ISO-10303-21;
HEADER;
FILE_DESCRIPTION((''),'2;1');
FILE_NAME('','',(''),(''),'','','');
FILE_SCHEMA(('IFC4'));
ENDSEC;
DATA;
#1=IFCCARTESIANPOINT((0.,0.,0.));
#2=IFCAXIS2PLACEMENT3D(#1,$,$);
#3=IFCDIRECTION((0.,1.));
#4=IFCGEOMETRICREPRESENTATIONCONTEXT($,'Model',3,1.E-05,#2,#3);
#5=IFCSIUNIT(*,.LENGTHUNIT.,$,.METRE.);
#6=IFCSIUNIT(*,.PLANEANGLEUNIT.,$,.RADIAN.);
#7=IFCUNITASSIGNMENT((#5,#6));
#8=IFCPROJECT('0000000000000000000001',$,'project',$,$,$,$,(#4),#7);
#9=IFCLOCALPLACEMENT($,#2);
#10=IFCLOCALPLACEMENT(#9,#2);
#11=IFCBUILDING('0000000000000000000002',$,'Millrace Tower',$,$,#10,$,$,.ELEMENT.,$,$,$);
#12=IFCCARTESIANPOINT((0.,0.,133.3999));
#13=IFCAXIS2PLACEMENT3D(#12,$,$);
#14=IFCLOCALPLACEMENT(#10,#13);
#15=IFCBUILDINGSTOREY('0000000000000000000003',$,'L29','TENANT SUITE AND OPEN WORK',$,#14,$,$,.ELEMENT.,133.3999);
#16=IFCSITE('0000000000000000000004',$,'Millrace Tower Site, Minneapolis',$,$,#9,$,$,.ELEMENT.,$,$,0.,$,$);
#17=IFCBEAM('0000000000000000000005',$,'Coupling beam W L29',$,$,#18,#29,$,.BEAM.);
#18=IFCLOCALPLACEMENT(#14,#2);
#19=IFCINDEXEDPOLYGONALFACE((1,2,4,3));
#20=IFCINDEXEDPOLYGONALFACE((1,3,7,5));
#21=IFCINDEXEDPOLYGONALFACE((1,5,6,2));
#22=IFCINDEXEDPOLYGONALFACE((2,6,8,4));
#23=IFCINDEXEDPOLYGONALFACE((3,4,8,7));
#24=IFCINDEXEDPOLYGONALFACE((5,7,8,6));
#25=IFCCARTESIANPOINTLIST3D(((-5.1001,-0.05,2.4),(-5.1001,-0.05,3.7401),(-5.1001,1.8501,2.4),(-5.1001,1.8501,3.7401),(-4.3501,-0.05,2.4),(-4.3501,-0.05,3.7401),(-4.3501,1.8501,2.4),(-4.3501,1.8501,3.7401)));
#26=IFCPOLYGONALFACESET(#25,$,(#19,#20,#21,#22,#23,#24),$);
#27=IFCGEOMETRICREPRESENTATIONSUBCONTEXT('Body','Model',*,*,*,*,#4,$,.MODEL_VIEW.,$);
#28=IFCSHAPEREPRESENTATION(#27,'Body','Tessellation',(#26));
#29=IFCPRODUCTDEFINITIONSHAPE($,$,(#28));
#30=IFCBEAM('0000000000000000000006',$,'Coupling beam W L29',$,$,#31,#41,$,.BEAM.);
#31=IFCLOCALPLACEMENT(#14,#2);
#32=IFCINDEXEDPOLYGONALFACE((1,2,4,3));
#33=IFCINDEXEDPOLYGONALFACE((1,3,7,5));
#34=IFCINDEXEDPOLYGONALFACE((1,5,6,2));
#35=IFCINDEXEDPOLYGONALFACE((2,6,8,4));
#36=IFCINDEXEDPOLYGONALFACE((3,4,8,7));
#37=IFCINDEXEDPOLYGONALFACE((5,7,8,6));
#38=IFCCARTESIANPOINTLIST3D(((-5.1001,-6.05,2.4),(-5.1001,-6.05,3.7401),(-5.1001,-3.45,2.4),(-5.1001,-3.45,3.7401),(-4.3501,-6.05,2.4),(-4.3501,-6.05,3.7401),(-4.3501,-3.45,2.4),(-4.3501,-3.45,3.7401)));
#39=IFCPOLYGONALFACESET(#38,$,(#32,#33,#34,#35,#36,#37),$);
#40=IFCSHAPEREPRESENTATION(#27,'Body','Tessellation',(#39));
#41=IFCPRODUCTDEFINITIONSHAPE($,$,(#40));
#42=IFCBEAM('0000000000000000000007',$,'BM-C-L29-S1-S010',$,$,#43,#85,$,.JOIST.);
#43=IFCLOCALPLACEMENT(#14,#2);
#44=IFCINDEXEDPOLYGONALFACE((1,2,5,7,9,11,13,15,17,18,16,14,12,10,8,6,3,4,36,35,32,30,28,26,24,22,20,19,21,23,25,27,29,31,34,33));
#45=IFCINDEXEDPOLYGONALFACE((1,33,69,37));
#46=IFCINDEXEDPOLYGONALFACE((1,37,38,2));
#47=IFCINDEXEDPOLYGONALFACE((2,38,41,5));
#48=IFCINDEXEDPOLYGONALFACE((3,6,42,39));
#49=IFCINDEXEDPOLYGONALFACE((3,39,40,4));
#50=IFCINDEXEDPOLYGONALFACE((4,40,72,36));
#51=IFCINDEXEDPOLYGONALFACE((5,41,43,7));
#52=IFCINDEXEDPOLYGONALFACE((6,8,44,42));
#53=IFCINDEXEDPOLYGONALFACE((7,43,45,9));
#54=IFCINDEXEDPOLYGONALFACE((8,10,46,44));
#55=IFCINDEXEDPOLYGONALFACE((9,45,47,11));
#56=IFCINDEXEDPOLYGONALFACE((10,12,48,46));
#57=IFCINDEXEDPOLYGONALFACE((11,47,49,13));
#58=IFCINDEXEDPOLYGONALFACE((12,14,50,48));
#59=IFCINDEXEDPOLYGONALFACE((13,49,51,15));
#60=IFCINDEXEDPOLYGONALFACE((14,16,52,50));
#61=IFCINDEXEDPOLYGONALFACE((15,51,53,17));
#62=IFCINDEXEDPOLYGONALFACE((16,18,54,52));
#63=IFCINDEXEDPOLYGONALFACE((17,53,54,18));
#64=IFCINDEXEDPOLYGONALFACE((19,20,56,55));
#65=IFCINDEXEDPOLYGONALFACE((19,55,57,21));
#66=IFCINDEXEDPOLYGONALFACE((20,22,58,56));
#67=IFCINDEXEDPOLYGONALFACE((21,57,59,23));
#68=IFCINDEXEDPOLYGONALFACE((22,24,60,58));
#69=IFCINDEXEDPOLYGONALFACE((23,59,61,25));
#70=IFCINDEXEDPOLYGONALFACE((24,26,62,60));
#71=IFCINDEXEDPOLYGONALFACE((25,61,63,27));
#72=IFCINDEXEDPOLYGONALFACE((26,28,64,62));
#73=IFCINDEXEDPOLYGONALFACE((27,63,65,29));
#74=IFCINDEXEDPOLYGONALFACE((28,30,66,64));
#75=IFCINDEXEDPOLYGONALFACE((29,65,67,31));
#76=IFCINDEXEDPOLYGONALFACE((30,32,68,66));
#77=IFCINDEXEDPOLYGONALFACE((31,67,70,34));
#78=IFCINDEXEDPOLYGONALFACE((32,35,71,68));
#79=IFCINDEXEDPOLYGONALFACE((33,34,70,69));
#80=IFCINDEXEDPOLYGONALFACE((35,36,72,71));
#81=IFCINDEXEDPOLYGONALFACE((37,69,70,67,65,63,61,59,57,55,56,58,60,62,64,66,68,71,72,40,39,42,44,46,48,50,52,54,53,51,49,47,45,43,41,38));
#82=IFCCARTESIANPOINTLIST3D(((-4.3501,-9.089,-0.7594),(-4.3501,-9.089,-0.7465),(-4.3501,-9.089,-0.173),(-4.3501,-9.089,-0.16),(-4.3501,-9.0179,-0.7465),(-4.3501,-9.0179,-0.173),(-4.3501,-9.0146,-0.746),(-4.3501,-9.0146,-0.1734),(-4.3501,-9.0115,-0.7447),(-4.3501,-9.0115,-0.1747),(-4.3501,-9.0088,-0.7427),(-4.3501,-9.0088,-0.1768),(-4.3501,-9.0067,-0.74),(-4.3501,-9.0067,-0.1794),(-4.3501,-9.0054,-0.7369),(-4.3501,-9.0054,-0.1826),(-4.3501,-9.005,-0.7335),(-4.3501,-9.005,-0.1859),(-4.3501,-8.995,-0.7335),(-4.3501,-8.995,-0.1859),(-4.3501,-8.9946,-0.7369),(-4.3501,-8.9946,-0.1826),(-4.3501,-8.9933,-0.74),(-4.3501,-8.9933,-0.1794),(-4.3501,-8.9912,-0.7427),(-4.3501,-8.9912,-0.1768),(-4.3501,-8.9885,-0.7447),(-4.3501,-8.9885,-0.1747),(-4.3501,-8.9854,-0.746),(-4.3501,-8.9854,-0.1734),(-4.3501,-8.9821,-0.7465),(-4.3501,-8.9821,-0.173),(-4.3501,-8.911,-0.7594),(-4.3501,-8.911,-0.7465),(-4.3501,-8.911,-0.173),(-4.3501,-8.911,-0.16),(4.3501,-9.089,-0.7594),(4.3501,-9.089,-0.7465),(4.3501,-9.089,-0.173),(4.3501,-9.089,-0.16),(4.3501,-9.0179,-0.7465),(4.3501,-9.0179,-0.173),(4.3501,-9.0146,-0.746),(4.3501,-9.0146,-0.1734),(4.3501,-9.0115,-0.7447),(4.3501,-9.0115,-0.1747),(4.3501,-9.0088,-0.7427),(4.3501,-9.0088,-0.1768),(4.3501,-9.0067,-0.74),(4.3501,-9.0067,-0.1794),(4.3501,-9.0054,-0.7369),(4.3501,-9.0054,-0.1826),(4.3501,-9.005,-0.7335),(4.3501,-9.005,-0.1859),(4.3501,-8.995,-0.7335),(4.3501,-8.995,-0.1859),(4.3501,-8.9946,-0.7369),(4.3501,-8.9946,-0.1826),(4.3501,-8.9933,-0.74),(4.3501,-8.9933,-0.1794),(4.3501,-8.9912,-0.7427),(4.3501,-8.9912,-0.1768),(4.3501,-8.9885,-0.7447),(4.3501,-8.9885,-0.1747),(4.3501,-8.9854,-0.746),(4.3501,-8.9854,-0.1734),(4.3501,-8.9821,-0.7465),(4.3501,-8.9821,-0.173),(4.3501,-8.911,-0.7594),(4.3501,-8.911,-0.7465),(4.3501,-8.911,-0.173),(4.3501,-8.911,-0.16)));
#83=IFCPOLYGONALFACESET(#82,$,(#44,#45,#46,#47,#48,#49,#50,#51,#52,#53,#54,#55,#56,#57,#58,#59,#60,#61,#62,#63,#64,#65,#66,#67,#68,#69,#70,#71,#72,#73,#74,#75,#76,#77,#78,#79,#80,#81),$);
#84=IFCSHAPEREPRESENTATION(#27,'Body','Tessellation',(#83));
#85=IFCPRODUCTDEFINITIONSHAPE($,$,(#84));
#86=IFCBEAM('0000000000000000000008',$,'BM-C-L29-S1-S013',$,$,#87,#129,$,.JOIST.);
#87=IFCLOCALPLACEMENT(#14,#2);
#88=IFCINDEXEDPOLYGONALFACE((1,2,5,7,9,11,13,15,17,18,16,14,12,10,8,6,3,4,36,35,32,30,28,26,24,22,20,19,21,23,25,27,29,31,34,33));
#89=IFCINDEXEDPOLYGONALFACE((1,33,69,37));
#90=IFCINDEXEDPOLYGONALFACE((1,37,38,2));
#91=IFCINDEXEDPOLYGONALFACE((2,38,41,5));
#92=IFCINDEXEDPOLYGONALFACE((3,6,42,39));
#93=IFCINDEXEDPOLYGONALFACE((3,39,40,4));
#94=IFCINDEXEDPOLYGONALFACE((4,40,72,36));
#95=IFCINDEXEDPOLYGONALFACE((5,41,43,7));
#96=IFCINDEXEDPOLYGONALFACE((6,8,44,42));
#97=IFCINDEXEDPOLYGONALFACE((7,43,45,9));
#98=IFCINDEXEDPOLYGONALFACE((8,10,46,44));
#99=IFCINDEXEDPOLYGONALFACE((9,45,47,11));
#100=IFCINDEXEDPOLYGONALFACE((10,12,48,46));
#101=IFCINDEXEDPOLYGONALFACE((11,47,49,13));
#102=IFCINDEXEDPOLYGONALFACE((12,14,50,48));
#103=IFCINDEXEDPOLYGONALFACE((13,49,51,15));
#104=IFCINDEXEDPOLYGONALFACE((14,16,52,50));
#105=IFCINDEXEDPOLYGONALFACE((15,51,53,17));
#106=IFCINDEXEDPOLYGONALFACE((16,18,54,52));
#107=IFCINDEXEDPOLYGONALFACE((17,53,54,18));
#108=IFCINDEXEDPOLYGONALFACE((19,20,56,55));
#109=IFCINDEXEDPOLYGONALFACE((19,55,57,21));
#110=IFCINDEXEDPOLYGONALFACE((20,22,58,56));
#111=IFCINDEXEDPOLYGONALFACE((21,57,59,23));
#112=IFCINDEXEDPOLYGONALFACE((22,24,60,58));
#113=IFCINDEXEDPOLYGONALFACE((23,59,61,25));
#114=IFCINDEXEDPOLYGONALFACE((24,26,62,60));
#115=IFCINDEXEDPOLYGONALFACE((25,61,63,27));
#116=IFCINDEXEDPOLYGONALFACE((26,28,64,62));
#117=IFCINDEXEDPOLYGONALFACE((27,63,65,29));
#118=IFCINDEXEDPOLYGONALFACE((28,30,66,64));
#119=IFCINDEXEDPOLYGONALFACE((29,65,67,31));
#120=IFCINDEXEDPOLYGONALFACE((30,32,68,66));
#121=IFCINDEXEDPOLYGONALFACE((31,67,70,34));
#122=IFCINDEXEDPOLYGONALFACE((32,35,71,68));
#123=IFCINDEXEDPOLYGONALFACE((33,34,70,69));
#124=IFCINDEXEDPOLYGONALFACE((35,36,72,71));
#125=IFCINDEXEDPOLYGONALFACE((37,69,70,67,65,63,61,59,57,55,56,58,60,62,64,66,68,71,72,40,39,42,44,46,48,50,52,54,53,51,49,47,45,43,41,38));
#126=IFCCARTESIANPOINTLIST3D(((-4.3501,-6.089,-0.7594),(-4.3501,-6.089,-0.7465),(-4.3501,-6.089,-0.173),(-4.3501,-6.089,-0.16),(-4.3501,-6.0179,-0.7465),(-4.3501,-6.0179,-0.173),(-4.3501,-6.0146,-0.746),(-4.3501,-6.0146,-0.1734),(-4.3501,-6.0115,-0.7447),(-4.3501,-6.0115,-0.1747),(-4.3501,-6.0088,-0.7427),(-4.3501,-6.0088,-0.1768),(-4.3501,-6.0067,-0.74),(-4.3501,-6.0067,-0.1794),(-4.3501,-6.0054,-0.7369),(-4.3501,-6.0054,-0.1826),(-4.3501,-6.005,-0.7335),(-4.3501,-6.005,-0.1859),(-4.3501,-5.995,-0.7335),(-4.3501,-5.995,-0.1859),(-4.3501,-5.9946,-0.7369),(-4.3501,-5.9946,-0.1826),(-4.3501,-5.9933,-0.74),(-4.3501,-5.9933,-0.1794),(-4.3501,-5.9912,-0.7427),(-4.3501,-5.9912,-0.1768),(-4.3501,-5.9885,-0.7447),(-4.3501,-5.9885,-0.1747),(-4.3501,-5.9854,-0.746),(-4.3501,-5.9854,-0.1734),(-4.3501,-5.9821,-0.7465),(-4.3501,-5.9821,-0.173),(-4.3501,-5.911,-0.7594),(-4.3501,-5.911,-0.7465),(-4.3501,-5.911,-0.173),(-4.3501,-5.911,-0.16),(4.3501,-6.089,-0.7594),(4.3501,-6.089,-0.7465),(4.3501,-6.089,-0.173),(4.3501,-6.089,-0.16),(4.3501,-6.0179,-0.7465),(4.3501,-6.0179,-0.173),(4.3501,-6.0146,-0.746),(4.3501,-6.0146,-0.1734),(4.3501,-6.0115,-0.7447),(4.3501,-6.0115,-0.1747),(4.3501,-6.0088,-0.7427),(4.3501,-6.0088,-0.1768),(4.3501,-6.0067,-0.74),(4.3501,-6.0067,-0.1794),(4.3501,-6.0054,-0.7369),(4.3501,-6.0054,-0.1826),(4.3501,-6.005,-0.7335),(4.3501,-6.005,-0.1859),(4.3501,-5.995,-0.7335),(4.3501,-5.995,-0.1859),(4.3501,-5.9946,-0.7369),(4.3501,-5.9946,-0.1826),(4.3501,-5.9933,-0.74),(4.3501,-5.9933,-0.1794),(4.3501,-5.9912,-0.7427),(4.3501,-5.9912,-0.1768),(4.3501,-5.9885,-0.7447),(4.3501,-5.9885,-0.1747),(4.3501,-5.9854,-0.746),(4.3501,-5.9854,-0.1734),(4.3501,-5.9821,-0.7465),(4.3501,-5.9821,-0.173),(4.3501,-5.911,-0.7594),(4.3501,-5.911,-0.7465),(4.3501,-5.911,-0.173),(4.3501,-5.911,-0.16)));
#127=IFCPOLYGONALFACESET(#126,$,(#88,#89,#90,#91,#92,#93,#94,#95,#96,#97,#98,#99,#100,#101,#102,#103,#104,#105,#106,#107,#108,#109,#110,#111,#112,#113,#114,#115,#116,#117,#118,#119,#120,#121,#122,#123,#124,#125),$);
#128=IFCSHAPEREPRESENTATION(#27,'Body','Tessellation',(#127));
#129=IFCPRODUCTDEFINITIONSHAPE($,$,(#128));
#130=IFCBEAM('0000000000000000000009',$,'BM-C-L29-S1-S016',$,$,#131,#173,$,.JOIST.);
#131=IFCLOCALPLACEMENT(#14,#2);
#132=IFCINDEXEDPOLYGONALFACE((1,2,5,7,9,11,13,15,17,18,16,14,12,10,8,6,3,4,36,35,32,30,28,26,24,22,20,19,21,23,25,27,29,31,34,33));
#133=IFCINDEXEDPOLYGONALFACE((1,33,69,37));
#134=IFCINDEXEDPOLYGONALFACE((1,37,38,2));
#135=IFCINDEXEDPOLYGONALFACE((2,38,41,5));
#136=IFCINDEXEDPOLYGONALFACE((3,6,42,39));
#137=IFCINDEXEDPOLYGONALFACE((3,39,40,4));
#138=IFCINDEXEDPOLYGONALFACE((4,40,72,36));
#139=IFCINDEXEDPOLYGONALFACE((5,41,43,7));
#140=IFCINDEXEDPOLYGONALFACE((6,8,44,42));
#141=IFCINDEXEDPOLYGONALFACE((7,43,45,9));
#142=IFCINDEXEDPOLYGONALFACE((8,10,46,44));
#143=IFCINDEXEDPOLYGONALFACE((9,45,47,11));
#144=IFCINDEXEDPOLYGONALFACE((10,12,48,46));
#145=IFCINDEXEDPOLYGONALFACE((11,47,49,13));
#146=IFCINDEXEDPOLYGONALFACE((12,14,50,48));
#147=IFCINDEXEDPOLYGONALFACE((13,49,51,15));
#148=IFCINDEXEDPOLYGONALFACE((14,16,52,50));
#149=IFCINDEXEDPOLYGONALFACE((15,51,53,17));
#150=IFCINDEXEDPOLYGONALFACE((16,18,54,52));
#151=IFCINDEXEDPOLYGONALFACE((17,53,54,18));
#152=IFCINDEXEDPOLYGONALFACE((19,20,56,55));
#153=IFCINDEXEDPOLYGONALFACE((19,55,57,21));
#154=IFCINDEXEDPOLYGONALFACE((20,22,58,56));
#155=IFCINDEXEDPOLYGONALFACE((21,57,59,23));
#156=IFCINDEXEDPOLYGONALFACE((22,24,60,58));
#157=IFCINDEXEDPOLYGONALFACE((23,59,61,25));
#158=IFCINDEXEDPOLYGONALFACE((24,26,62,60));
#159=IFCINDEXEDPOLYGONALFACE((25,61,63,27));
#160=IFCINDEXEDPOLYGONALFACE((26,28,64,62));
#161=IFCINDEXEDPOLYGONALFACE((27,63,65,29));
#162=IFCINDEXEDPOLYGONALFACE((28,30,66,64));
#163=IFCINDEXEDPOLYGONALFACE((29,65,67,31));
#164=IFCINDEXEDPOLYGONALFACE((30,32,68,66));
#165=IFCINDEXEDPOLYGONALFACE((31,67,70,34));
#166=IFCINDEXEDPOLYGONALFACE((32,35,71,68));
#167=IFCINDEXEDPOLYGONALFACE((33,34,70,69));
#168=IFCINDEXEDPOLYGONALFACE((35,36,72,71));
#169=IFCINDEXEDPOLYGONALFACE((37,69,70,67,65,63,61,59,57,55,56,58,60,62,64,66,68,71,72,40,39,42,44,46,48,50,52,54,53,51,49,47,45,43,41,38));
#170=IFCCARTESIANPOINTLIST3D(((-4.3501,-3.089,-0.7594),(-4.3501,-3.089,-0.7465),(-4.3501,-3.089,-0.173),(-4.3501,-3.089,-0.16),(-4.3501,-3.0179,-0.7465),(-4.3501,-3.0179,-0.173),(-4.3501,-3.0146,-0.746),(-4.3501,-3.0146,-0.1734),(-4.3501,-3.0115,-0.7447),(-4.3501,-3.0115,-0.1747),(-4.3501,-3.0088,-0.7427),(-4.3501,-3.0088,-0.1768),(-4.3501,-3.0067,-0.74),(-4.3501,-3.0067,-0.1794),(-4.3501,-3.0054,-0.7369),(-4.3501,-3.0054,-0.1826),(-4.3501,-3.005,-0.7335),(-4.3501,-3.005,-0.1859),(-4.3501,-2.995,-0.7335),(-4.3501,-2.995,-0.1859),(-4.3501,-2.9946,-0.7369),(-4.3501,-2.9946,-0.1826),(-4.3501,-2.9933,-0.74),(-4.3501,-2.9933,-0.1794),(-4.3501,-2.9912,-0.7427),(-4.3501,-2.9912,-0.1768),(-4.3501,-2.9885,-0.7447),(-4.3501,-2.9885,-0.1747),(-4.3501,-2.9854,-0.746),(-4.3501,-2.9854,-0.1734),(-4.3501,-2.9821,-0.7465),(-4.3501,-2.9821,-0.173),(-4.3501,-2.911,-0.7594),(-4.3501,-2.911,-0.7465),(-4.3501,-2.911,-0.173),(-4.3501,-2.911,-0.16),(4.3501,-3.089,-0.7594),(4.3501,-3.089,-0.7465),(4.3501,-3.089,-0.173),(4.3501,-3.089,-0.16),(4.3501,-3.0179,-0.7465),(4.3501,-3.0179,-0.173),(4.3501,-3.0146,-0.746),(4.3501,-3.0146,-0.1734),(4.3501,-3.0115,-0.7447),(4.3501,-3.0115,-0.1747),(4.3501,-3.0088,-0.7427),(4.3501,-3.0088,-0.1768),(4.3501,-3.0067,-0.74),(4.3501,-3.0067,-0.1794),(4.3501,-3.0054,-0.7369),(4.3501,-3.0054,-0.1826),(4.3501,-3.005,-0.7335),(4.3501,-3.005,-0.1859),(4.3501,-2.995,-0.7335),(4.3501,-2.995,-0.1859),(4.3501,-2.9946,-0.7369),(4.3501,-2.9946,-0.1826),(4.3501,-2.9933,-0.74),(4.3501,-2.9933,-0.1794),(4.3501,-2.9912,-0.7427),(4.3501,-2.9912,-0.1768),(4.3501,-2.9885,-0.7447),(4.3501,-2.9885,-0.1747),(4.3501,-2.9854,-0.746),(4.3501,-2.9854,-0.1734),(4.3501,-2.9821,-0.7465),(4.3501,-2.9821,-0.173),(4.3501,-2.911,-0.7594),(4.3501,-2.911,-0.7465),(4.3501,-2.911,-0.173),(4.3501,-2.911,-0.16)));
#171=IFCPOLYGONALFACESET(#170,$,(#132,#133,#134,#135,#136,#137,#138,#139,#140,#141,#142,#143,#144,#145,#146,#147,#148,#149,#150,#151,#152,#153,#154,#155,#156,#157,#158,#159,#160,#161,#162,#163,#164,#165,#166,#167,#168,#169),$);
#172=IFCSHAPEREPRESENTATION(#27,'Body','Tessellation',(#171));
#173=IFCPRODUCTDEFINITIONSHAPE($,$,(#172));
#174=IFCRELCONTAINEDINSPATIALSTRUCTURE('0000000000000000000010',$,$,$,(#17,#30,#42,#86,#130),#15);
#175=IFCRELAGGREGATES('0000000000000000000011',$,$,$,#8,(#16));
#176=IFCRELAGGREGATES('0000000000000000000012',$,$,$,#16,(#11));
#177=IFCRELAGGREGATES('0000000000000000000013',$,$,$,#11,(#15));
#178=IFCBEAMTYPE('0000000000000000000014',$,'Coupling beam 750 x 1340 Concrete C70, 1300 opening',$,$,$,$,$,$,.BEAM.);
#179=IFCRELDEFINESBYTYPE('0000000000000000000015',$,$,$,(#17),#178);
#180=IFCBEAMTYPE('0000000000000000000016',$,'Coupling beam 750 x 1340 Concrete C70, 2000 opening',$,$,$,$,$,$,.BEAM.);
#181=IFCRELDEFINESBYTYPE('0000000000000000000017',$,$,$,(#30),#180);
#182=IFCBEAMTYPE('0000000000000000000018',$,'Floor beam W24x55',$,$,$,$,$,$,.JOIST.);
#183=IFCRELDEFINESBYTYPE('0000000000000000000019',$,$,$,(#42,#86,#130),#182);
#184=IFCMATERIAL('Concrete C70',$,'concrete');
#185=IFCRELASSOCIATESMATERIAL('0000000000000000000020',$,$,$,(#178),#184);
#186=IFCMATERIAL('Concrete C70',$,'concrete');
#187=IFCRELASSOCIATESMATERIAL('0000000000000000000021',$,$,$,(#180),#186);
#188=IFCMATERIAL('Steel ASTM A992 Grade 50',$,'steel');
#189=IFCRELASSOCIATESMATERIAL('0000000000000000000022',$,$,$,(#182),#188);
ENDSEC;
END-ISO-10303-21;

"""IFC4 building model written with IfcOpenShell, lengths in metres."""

from ifc_helpers import new_model, si_unit, direction, frame, origin, origin_2d, place, context, subcontext, project, spatial, rectangle, i_section, extrude, material, material_profile, profile_set, type_object, element, save


model = new_model("IFC4")

# Units and contexts
model_context = context("Model", 3, precision=1e-05, world=origin(), true_north=direction((0.0, 1.0)))
body_context = subcontext(model_context, "Body", "Model", "MODEL_VIEW")
ifc_project = project(units=[si_unit("LENGTHUNIT", "METRE"), si_unit("PLANEANGLEUNIT", "RADIAN")], contexts=[model_context])

# Site, building, storey
site_placement = place(None, origin())
site = spatial("IfcSite", under=ifc_project, at=site_placement, Name="Millrace Tower Site, Minneapolis", CompositionType="ELEMENT", RefElevation=0.0)
building_placement = place(site_placement, origin())
building = spatial("IfcBuilding", under=site, at=building_placement, Name="Millrace Tower", CompositionType="ELEMENT")
storey_placement = place(building_placement, frame((0.0, 0.0, 133.3999)))
storey = spatial("IfcBuildingStorey", under=building, at=storey_placement, Name="L29", Description="TENANT SUITE AND OPEN WORK", CompositionType="ELEMENT", Elevation=133.3999)

# Beams
ifc_material_1 = material(Name="Concrete C70", Category="concrete")
ifc_material_profile_1 = material_profile(ifc_material_1, rectangle(XDim=0.75, YDim=1.3401, at=origin_2d()))
ifc_profile_set_1 = profile_set([ifc_material_profile_1], Name="Concrete C70")
beam_type_1 = type_object("IfcBeamType", Name="Coupling beam 750 x 1340 Concrete C70, 1300 opening", PredefinedType="BEAM", material=ifc_profile_set_1)
beam_1_placement = place(storey_placement, frame((-4.7251, -0.05, 3.0701), z_axis=(0.0, 1.0, 0.0), x_axis=(-1.0, 0.0, 0.0)))
element("IfcBeam", 1, at=beam_1_placement, inside=storey, type_object=beam_type_1, Name="Coupling beam W L29", PredefinedType="BEAM", context=body_context, shape_type="SweptSolid", body=[
    extrude(rectangle(XDim=0.75, YDim=1.3401, at=origin_2d()), origin(), (0.0, 0.0, 1.0), 1.9001),
])
ifc_material_2 = material(Name="Concrete C70", Category="concrete")
ifc_material_profile_2 = material_profile(ifc_material_2, rectangle(XDim=0.75, YDim=1.3401, at=origin_2d()))
ifc_profile_set_2 = profile_set([ifc_material_profile_2], Name="Concrete C70")
beam_type_2 = type_object("IfcBeamType", Name="Coupling beam 750 x 1340 Concrete C70, 2000 opening", PredefinedType="BEAM", material=ifc_profile_set_2)
beam_2_placement = place(storey_placement, frame((-4.7251, -6.05, 3.0701), z_axis=(0.0, 1.0, 0.0), x_axis=(-1.0, 0.0, 0.0)))
element("IfcBeam", 2, at=beam_2_placement, inside=storey, type_object=beam_type_2, Name="Coupling beam W L29", PredefinedType="BEAM", context=body_context, shape_type="SweptSolid", body=[
    extrude(rectangle(XDim=0.75, YDim=1.3401, at=origin_2d()), origin(), (0.0, 0.0, 1.0), 2.6001),
])
ifc_material_3 = material(Name="Steel ASTM A992 Grade 50", Category="steel")
ifc_material_profile_3 = material_profile(ifc_material_3, i_section(OverallWidth=0.178, OverallDepth=0.5994, WebThickness=0.01, FlangeThickness=0.0129, FilletRadius=0.0129, at=origin_2d()))
ifc_profile_set_3 = profile_set([ifc_material_profile_3], Name="Steel ASTM A992 Grade 50")
beam_type_3 = type_object("IfcBeamType", Name="Floor beam W24x55", PredefinedType="JOIST", material=ifc_profile_set_3)
for number, where, z_axis, x_axis, name in (
    (3, (-4.3501, -9.0, -0.4597), (1.0, 0.0, 0.0), (0.0, 1.0, 0.0), "BM-C-L29-S1-S010"),
    (4, (-4.3501, -6.0, -0.4597), (1.0, 0.0, 0.0), (0.0, 1.0, 0.0), "BM-C-L29-S1-S013"),
    (5, (-4.3501, -3.0, -0.4597), (1.0, 0.0, 0.0), (0.0, 1.0, 0.0), "BM-C-L29-S1-S016"),
):
    element("IfcBeam", number, at=place(storey_placement, frame(where, z_axis=z_axis, x_axis=x_axis)), inside=storey, type_object=beam_type_3, Name=name, PredefinedType="JOIST", context=body_context, shape_type="SweptSolid", body=[
        extrude(i_section(OverallWidth=0.178, OverallDepth=0.5994, WebThickness=0.01, FlangeThickness=0.0129, FilletRadius=0.0129, at=origin_2d()), origin(), (0.0, 0.0, 1.0), 8.7002),
    ])

save(model, "model.ifc")
